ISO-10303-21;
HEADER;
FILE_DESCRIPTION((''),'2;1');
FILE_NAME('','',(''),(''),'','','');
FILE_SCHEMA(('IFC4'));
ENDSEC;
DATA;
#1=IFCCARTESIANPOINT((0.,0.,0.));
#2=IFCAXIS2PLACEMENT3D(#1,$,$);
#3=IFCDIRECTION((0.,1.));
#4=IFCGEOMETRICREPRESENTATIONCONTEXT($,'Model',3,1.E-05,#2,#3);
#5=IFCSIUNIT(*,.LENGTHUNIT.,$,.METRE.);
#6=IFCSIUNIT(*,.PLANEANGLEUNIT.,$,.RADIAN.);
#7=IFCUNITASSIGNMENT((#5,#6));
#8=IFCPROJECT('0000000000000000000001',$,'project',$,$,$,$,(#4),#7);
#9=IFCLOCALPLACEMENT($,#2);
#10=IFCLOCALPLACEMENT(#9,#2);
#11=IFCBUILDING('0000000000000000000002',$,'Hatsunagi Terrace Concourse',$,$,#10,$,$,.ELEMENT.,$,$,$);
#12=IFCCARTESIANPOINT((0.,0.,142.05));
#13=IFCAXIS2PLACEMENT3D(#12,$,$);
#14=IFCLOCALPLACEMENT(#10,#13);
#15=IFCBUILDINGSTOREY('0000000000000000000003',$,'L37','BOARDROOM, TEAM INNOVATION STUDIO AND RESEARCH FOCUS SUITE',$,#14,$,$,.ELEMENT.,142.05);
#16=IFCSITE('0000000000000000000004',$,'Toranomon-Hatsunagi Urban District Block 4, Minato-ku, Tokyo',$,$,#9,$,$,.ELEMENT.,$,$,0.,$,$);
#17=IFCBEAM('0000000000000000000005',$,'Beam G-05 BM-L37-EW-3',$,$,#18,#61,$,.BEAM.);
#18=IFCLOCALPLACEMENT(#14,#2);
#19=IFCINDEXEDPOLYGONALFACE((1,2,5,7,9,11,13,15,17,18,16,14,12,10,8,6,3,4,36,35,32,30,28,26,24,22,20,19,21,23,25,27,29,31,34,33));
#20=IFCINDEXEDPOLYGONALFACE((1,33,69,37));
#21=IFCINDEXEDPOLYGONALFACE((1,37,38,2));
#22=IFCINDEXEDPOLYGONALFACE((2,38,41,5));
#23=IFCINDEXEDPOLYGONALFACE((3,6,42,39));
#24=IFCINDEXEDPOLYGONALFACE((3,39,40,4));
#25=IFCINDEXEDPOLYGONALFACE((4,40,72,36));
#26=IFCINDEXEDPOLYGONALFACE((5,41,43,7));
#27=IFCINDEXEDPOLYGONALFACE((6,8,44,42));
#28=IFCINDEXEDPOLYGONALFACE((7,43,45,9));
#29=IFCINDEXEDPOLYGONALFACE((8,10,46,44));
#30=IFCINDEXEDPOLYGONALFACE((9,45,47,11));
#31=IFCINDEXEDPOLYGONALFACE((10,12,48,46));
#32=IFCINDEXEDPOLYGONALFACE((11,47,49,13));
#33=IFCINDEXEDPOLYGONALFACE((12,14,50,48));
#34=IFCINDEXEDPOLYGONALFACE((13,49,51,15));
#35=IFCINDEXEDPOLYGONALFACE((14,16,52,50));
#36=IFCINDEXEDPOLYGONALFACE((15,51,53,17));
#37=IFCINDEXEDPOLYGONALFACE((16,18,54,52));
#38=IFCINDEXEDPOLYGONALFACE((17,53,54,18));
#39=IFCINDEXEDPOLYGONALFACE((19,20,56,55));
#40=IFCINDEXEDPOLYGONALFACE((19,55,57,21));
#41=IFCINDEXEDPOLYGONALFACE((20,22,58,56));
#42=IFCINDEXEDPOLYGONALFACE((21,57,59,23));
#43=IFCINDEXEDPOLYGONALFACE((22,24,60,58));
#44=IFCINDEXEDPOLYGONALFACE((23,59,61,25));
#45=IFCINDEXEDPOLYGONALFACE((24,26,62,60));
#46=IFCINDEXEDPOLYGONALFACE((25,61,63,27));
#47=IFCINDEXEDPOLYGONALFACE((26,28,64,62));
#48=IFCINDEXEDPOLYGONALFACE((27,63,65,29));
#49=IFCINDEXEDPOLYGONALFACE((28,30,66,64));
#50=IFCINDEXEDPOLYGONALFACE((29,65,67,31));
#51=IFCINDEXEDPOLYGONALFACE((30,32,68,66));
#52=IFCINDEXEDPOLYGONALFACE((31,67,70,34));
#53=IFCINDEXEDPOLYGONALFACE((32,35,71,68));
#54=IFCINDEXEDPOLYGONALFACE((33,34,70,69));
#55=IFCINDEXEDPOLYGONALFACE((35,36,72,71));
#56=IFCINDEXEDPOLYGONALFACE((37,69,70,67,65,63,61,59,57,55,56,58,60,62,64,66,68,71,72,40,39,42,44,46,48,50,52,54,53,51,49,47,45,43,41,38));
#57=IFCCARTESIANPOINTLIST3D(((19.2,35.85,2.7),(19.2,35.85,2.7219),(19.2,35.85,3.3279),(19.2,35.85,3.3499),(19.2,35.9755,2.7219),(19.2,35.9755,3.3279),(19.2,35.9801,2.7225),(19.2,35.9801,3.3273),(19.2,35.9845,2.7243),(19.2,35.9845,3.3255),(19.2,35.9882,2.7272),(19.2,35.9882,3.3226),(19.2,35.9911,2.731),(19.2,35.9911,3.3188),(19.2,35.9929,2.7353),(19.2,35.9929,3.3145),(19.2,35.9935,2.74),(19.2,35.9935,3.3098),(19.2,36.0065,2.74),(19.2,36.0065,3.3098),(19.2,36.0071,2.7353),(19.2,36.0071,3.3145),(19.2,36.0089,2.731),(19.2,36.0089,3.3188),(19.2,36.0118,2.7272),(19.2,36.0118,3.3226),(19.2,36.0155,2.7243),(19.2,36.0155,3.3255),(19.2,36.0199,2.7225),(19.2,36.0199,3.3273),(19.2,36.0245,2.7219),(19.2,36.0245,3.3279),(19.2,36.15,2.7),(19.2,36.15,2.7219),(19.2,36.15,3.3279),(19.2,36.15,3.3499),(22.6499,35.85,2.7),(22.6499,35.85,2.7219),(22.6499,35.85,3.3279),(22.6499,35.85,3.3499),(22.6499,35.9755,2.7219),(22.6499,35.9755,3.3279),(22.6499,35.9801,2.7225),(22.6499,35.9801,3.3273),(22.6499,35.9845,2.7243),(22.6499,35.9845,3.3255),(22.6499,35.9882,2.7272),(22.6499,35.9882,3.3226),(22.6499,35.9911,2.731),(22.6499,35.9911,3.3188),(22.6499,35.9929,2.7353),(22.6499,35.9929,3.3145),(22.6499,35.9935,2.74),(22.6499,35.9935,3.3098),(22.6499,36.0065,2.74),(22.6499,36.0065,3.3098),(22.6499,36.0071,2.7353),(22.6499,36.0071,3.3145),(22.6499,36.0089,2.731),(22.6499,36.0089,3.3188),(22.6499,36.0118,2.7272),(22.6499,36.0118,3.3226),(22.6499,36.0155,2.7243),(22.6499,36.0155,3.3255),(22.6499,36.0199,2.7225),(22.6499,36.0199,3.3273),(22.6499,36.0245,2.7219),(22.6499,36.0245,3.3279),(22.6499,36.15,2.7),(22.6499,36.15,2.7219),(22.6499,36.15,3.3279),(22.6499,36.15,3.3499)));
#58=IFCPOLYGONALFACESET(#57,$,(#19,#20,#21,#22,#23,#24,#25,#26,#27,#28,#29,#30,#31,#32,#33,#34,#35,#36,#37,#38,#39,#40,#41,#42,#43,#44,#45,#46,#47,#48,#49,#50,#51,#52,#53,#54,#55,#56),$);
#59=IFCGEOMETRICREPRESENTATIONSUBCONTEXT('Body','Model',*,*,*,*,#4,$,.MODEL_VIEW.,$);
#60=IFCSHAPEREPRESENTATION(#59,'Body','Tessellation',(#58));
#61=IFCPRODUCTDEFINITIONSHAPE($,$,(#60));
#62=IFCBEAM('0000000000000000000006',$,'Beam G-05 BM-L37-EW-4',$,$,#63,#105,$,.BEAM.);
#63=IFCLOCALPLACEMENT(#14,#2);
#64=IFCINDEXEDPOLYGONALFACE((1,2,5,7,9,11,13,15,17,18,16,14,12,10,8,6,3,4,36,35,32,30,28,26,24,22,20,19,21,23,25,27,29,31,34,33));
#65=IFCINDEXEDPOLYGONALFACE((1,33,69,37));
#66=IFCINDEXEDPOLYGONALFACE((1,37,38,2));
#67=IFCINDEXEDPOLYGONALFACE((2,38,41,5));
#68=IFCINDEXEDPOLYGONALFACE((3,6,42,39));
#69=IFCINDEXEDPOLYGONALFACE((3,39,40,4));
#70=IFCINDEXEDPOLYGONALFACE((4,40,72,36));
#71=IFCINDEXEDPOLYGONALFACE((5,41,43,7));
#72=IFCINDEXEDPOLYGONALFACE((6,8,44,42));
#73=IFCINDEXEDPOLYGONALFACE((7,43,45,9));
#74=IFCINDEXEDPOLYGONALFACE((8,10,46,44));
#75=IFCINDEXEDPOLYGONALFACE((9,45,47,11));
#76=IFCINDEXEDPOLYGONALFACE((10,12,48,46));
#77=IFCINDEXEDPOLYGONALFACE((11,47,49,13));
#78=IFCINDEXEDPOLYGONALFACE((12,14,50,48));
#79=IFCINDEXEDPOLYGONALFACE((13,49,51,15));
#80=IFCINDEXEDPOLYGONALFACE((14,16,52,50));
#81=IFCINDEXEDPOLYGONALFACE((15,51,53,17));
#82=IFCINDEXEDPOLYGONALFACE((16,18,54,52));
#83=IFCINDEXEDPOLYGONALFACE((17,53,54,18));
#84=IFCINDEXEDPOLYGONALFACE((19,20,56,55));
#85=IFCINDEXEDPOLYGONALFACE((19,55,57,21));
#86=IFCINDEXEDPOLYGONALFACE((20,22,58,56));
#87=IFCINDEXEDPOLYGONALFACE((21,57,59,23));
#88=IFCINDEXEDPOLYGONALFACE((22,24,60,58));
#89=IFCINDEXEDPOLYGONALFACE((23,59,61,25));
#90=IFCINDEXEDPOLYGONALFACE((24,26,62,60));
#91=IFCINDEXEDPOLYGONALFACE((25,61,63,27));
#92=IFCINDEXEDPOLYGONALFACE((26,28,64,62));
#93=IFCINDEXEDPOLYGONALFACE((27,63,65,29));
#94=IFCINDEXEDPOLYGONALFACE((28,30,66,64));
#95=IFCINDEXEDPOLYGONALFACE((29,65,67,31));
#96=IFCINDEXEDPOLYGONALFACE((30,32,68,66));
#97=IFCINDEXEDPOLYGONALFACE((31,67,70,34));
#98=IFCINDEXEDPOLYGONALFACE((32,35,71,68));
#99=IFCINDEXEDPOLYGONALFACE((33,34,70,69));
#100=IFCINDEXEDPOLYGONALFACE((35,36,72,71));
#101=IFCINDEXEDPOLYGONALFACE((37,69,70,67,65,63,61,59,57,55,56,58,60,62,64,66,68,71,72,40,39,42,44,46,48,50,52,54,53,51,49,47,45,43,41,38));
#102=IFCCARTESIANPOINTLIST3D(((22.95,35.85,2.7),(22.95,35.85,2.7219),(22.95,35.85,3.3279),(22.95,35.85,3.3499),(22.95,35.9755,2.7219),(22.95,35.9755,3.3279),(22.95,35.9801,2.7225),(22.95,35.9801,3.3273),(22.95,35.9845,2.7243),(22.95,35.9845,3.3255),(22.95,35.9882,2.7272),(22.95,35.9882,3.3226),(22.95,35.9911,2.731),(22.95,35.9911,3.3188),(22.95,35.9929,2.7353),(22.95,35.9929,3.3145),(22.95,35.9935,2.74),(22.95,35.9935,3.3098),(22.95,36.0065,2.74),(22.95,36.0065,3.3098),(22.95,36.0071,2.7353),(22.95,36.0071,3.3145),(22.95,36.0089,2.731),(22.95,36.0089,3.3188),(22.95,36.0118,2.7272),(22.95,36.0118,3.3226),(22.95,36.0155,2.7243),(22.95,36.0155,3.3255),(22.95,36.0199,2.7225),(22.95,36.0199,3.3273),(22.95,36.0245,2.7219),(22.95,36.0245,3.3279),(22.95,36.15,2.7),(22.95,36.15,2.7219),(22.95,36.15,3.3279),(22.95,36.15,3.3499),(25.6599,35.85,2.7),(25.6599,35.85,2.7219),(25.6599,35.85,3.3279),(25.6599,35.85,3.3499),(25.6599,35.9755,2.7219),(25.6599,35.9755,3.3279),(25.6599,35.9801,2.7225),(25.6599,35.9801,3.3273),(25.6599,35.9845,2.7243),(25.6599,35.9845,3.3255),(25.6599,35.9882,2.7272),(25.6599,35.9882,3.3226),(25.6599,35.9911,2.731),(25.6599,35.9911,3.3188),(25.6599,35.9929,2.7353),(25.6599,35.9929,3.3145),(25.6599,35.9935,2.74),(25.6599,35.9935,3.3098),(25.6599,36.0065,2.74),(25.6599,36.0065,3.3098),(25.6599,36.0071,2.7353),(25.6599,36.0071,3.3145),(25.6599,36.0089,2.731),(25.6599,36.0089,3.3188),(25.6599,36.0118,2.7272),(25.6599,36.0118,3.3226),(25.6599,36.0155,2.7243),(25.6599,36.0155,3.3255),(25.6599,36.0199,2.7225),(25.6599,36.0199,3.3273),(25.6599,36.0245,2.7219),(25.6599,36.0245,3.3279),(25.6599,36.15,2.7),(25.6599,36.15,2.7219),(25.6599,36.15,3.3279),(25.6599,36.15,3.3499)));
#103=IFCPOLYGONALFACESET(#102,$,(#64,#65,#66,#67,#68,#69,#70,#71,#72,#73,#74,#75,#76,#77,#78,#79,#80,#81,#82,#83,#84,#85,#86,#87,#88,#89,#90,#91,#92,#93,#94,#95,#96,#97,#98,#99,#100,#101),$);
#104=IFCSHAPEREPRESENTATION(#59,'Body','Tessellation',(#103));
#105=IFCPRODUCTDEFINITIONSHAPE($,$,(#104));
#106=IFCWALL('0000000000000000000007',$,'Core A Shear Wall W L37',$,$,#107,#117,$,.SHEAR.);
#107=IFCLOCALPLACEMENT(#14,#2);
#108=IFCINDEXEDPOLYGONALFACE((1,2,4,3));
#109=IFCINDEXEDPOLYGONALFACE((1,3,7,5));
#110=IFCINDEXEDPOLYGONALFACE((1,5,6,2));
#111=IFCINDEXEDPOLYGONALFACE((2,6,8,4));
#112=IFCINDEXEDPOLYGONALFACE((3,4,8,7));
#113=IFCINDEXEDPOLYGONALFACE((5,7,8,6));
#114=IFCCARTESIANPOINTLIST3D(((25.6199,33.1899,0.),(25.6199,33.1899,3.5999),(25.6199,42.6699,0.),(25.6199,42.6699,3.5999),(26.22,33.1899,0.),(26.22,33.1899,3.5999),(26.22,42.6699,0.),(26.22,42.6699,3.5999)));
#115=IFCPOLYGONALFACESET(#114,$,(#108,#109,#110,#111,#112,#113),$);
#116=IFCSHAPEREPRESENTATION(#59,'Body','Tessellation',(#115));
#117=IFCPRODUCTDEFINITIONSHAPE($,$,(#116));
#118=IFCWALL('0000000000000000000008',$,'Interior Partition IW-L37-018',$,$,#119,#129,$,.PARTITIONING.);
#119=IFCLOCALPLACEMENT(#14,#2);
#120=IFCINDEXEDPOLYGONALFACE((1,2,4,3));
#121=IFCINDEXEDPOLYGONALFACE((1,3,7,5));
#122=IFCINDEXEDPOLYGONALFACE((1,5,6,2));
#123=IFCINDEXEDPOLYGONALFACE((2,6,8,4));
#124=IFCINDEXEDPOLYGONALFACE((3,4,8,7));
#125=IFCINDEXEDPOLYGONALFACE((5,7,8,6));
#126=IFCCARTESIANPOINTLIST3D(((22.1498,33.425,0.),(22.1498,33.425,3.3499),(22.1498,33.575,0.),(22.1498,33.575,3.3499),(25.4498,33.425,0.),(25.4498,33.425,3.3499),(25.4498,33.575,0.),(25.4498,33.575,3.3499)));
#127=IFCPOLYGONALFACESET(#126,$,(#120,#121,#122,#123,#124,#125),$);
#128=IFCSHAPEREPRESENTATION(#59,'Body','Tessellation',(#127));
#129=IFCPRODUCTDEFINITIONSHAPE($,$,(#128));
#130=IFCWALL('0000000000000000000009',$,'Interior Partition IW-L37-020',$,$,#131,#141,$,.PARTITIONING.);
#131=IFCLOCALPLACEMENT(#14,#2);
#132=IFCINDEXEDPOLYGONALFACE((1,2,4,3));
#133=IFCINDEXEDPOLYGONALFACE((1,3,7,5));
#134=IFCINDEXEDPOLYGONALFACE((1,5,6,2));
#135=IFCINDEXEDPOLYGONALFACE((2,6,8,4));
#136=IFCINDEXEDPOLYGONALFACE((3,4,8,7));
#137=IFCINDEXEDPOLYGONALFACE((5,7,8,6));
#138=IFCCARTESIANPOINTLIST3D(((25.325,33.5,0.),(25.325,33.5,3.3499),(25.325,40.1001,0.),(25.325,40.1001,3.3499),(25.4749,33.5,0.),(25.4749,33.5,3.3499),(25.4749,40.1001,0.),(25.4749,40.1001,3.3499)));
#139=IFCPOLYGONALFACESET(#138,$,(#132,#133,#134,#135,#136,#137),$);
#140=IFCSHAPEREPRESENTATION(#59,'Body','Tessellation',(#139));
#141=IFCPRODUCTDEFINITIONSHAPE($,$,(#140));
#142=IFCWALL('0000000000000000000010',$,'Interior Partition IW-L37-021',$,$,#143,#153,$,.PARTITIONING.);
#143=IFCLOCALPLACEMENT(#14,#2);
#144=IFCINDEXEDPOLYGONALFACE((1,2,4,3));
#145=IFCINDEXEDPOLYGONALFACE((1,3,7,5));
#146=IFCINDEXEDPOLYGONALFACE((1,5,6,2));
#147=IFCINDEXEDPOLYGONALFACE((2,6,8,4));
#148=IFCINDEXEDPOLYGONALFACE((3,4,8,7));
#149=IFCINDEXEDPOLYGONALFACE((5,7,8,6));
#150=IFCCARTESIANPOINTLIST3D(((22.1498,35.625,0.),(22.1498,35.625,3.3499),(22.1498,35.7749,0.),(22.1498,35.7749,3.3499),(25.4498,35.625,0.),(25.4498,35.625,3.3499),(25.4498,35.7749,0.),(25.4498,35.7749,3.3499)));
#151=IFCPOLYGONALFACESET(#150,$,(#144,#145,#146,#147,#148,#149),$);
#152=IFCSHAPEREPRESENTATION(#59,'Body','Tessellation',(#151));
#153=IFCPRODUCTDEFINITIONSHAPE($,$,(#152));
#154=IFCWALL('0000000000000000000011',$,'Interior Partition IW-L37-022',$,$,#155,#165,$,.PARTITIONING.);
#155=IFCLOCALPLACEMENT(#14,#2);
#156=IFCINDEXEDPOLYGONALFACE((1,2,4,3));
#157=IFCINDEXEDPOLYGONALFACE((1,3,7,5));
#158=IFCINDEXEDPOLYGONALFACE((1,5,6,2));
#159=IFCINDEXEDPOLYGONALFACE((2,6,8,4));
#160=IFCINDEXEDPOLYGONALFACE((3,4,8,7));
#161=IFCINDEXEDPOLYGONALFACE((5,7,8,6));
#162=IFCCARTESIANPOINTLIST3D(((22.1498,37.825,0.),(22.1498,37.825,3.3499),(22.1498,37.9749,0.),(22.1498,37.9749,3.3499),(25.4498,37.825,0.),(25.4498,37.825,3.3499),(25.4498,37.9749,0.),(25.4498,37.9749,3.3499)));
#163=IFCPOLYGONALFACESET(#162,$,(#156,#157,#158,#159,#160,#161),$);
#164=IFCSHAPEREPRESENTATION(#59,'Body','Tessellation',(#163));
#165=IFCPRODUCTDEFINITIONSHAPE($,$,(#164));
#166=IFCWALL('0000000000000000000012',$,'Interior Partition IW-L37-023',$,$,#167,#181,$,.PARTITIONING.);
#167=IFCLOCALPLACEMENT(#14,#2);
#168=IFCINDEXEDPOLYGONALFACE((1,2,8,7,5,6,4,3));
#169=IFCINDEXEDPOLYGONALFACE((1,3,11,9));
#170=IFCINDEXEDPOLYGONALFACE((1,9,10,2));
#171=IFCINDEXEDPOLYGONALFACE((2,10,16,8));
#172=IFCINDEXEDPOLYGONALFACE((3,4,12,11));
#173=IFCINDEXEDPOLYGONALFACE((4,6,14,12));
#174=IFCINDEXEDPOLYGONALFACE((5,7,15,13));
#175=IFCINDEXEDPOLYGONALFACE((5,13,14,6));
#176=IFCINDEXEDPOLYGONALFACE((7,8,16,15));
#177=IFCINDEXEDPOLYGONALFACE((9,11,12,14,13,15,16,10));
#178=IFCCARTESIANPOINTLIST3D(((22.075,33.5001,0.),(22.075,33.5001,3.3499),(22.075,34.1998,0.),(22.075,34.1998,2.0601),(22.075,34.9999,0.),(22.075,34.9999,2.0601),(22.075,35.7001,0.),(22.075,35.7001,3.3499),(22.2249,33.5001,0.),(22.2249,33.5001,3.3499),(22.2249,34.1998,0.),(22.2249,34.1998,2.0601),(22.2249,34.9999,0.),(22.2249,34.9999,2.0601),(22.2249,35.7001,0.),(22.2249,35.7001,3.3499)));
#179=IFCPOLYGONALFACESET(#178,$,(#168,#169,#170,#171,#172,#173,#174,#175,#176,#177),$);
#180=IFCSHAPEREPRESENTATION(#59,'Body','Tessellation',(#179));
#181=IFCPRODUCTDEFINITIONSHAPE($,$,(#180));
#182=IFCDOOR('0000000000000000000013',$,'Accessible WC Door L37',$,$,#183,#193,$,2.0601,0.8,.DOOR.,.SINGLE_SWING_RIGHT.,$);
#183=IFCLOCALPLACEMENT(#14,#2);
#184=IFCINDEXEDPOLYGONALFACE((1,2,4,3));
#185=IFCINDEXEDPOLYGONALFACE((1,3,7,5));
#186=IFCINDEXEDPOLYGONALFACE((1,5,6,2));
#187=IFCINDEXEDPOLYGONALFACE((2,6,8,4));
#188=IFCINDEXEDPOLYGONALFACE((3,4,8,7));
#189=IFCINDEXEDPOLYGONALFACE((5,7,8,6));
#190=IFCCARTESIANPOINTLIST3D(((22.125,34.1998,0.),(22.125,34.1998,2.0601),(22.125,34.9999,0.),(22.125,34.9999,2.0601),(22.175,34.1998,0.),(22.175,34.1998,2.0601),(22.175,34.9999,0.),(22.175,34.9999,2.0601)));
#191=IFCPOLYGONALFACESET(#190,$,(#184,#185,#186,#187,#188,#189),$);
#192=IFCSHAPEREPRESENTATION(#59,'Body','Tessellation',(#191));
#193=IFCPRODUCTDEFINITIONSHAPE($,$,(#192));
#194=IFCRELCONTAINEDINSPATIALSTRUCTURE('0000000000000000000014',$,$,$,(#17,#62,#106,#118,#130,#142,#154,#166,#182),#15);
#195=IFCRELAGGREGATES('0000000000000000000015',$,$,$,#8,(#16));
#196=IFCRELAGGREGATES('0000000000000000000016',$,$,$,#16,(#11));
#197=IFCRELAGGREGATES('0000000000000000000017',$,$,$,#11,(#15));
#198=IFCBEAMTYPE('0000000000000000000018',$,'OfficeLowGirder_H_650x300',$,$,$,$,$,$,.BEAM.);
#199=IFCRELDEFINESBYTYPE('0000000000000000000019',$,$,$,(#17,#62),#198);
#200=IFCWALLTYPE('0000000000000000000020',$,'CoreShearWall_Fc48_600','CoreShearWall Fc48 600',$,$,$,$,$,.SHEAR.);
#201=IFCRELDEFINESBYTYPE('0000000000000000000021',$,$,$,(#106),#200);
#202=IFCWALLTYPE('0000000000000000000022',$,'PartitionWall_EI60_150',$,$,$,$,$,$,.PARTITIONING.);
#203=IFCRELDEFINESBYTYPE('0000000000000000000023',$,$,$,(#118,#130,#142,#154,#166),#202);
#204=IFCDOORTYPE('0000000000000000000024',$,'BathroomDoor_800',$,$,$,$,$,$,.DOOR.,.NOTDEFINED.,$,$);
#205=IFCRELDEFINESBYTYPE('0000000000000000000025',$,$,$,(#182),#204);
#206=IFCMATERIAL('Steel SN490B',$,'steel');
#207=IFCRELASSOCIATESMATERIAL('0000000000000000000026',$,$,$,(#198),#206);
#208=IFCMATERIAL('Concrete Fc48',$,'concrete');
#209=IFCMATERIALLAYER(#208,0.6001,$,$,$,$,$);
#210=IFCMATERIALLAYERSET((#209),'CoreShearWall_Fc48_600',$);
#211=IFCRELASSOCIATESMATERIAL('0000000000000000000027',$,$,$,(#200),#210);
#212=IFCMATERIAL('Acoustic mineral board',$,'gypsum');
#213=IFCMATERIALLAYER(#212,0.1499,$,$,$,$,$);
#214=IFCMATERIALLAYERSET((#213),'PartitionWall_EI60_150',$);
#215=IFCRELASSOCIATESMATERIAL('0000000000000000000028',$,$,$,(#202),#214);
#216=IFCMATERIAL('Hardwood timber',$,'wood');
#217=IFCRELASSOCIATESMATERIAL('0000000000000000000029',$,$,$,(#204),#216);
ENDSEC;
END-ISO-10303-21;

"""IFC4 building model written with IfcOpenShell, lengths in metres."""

from ifc_helpers import new_model, si_unit, direction, frame, frame_2d, origin, origin_2d, place, context, subcontext, project, spatial, rectangle, i_section, extrude, material, layer, layer_set, material_profile, profile_set, type_object, element, fill, save


model = new_model("IFC4")

# Units and contexts
model_context = context("Model", 3, precision=1e-05, world=origin(), true_north=direction((0.0, 1.0)))
body_context = subcontext(model_context, "Body", "Model", "MODEL_VIEW")
ifc_project = project(units=[si_unit("LENGTHUNIT", "METRE"), si_unit("PLANEANGLEUNIT", "RADIAN")], contexts=[model_context])

# Site, building, storey
site_placement = place(None, origin())
site = spatial("IfcSite", under=ifc_project, at=site_placement, Name="Toranomon-Hatsunagi Urban District Block 4, Minato-ku, Tokyo", CompositionType="ELEMENT", RefElevation=0.0)
building_placement = place(site_placement, origin())
building = spatial("IfcBuilding", under=site, at=building_placement, Name="Hatsunagi Terrace Concourse", CompositionType="ELEMENT")
storey_placement = place(building_placement, frame((0.0, 0.0, 142.05)))
storey = spatial("IfcBuildingStorey", under=building, at=storey_placement, Name="L37", Description="BOARDROOM, TEAM INNOVATION STUDIO AND RESEARCH FOCUS SUITE", CompositionType="ELEMENT", Elevation=142.05)

# Beams
ifc_material_1 = material(Name="Steel SN490B", Category="steel")
ifc_material_profile_1 = material_profile(ifc_material_1, i_section(OverallWidth=0.3, OverallDepth=0.6499, WebThickness=0.0129, FlangeThickness=0.022, FilletRadius=0.0181, at=origin_2d()), Name="H-650x300x13x22")
ifc_profile_set_1 = profile_set([ifc_material_profile_1], Name="Steel SN490B")
beam_type_1 = type_object("IfcBeamType", Name="OfficeLowGirder_H_650x300", PredefinedType="BEAM", material=ifc_profile_set_1)
beam_1_placement = place(storey_placement, frame((19.2, 36.0, 3.0249), z_axis=(1.0, 0.0, 0.0), x_axis=(0.0, 1.0, 0.0)))
element("IfcBeam", 1, at=beam_1_placement, inside=storey, type_object=beam_type_1, Name="Beam G-05 BM-L37-EW-3", PredefinedType="BEAM", context=body_context, shape_type="SweptSolid", body=[
    extrude(i_section(OverallWidth=0.3, OverallDepth=0.6499, WebThickness=0.0129, FlangeThickness=0.022, FilletRadius=0.0181, at=origin_2d()), origin(), (0.0, 0.0, 1.0), 3.45),
])
beam_2_placement = place(storey_placement, frame((22.95, 36.0, 3.0249), z_axis=(1.0, 0.0, 0.0), x_axis=(0.0, 1.0, 0.0)))
element("IfcBeam", 2, at=beam_2_placement, inside=storey, type_object=beam_type_1, Name="Beam G-05 BM-L37-EW-4", PredefinedType="BEAM", context=body_context, shape_type="SweptSolid", body=[
    extrude(i_section(OverallWidth=0.3, OverallDepth=0.6499, WebThickness=0.0129, FlangeThickness=0.022, FilletRadius=0.0181, at=origin_2d()), origin(), (0.0, 0.0, 1.0), 2.71),
])

# Shared definitions
ifc_material_2 = material(Name="Concrete Fc48", Category="concrete")
ifc_layer_1 = layer(ifc_material_2, 0.6001)
ifc_layer_set_1 = layer_set([ifc_layer_1], Name="CoreShearWall_Fc48_600")
wall_type_1 = type_object("IfcWallType", Name="CoreShearWall_Fc48_600", Description="CoreShearWall Fc48 600", PredefinedType="SHEAR", material=ifc_layer_set_1)

# Walls
wall_1_placement = place(storey_placement, frame((25.9199, 33.1899, 0.0), z_axis=(0.0, 0.0, 1.0), x_axis=(0.0, 1.0, 0.0)))
element("IfcWall", 3, at=wall_1_placement, inside=storey, type_object=wall_type_1, Name="Core A Shear Wall W L37", PredefinedType="SHEAR", context=body_context, shape_type="SweptSolid", body=[
    extrude(rectangle(XDim=9.48, YDim=0.6001, at=frame_2d((4.74, 0.0))), origin(), (0.0, 0.0, 1.0), 3.5999),
])
ifc_material_3 = material(Name="Acoustic mineral board", Category="gypsum")
ifc_layer_2 = layer(ifc_material_3, 0.1499)
ifc_layer_set_2 = layer_set([ifc_layer_2], Name="PartitionWall_EI60_150")
wall_type_2 = type_object("IfcWallType", Name="PartitionWall_EI60_150", PredefinedType="PARTITIONING", material=ifc_layer_set_2)
wall_2_placement = place(storey_placement, frame((22.1499, 33.5, 0.0), z_axis=(0.0, 0.0, 1.0), x_axis=(1.0, 0.0, 0.0)))
element("IfcWall", 4, at=wall_2_placement, inside=storey, type_object=wall_type_2, Name="Interior Partition IW-L37-018", PredefinedType="PARTITIONING", context=body_context, shape_type="SweptSolid", body=[
    extrude(rectangle(XDim=3.3, YDim=0.1499, at=frame_2d((1.6499, 0.0))), origin(), (0.0, 0.0, 1.0), 3.3499),
])
wall_3_placement = place(storey_placement, frame((25.3999, 33.5, 0.0), z_axis=(0.0, 0.0, 1.0), x_axis=(0.0, 1.0, 0.0)))
element("IfcWall", 5, at=wall_3_placement, inside=storey, type_object=wall_type_2, Name="Interior Partition IW-L37-020", PredefinedType="PARTITIONING", context=body_context, shape_type="SweptSolid", body=[
    extrude(rectangle(XDim=6.6001, YDim=0.1499, at=frame_2d((3.3, 0.0))), origin(), (0.0, 0.0, 1.0), 3.3499),
])
for number, where, z_axis, x_axis, name in (
    (6, (22.1499, 35.7, 0.0), (0.0, 0.0, 1.0), (1.0, 0.0, 0.0), "Interior Partition IW-L37-021"),
    (7, (22.1499, 37.8999, 0.0), (0.0, 0.0, 1.0), (1.0, 0.0, 0.0), "Interior Partition IW-L37-022"),
):
    element("IfcWall", number, at=place(storey_placement, frame(where, z_axis=z_axis, x_axis=x_axis)), inside=storey, type_object=wall_type_2, Name=name, PredefinedType="PARTITIONING", context=body_context, shape_type="SweptSolid", body=[
        extrude(rectangle(XDim=3.3, YDim=0.1499, at=frame_2d((1.6499, 0.0))), origin(), (0.0, 0.0, 1.0), 3.3499),
    ])

# Wall, opening, door
wall_4_placement = place(storey_placement, frame((22.1499, 33.5, 0.0), z_axis=(0.0, 0.0, 1.0), x_axis=(0.0, 1.0, 0.0)))
wall_4 = element("IfcWall", 8, at=wall_4_placement, inside=storey, type_object=wall_type_2, Name="Interior Partition IW-L37-023", PredefinedType="PARTITIONING", context=body_context, shape_type="SweptSolid", body=[
    extrude(rectangle(XDim=2.2, YDim=0.1499, at=frame_2d((1.1001, 0.0))), origin(), (0.0, 0.0, 1.0), 3.3499),
])
opening_1_placement = place(wall_4_placement, frame((0.7, 0.0, 0.0)))
opening_1 = element("IfcOpeningElement", 9, at=opening_1_placement, cuts=wall_4, PredefinedType="OPENING", context=body_context, shape_type="SweptSolid", body=[
    extrude(rectangle(XDim=0.8, YDim=2.0601, at=frame_2d((0.3999, 1.03))), frame((0.0, 0.085, 0.0), z_axis=(0.0, -1.0, 0.0), x_axis=(1.0, 0.0, 0.0)), (0.0, 0.0, 1.0), 0.1699),
])
ifc_material_4 = material(Name="Hardwood timber", Category="wood")
door_type_1 = type_object("IfcDoorType", Name="BathroomDoor_800", OperationType="NOTDEFINED", PredefinedType="DOOR", material=ifc_material_4)
door_1_placement = place(opening_1_placement, origin())
door_1 = element("IfcDoor", 10, at=door_1_placement, inside=storey, type_object=door_type_1, Name="Accessible WC Door L37", OperationType="SINGLE_SWING_RIGHT", OverallHeight=2.0601, OverallWidth=0.8, PredefinedType="DOOR", context=body_context, shape_type="SweptSolid", body=[
    extrude(rectangle(XDim=0.8, YDim=2.0601, at=frame_2d((0.3999, 1.03))), frame((0.0, 0.0249, 0.0), z_axis=(0.0, -1.0, 0.0), x_axis=(1.0, 0.0, 0.0)), (0.0, 0.0, 1.0), 0.05),
])
fill(opening_1, door_1)

save(model, "model.ifc")
